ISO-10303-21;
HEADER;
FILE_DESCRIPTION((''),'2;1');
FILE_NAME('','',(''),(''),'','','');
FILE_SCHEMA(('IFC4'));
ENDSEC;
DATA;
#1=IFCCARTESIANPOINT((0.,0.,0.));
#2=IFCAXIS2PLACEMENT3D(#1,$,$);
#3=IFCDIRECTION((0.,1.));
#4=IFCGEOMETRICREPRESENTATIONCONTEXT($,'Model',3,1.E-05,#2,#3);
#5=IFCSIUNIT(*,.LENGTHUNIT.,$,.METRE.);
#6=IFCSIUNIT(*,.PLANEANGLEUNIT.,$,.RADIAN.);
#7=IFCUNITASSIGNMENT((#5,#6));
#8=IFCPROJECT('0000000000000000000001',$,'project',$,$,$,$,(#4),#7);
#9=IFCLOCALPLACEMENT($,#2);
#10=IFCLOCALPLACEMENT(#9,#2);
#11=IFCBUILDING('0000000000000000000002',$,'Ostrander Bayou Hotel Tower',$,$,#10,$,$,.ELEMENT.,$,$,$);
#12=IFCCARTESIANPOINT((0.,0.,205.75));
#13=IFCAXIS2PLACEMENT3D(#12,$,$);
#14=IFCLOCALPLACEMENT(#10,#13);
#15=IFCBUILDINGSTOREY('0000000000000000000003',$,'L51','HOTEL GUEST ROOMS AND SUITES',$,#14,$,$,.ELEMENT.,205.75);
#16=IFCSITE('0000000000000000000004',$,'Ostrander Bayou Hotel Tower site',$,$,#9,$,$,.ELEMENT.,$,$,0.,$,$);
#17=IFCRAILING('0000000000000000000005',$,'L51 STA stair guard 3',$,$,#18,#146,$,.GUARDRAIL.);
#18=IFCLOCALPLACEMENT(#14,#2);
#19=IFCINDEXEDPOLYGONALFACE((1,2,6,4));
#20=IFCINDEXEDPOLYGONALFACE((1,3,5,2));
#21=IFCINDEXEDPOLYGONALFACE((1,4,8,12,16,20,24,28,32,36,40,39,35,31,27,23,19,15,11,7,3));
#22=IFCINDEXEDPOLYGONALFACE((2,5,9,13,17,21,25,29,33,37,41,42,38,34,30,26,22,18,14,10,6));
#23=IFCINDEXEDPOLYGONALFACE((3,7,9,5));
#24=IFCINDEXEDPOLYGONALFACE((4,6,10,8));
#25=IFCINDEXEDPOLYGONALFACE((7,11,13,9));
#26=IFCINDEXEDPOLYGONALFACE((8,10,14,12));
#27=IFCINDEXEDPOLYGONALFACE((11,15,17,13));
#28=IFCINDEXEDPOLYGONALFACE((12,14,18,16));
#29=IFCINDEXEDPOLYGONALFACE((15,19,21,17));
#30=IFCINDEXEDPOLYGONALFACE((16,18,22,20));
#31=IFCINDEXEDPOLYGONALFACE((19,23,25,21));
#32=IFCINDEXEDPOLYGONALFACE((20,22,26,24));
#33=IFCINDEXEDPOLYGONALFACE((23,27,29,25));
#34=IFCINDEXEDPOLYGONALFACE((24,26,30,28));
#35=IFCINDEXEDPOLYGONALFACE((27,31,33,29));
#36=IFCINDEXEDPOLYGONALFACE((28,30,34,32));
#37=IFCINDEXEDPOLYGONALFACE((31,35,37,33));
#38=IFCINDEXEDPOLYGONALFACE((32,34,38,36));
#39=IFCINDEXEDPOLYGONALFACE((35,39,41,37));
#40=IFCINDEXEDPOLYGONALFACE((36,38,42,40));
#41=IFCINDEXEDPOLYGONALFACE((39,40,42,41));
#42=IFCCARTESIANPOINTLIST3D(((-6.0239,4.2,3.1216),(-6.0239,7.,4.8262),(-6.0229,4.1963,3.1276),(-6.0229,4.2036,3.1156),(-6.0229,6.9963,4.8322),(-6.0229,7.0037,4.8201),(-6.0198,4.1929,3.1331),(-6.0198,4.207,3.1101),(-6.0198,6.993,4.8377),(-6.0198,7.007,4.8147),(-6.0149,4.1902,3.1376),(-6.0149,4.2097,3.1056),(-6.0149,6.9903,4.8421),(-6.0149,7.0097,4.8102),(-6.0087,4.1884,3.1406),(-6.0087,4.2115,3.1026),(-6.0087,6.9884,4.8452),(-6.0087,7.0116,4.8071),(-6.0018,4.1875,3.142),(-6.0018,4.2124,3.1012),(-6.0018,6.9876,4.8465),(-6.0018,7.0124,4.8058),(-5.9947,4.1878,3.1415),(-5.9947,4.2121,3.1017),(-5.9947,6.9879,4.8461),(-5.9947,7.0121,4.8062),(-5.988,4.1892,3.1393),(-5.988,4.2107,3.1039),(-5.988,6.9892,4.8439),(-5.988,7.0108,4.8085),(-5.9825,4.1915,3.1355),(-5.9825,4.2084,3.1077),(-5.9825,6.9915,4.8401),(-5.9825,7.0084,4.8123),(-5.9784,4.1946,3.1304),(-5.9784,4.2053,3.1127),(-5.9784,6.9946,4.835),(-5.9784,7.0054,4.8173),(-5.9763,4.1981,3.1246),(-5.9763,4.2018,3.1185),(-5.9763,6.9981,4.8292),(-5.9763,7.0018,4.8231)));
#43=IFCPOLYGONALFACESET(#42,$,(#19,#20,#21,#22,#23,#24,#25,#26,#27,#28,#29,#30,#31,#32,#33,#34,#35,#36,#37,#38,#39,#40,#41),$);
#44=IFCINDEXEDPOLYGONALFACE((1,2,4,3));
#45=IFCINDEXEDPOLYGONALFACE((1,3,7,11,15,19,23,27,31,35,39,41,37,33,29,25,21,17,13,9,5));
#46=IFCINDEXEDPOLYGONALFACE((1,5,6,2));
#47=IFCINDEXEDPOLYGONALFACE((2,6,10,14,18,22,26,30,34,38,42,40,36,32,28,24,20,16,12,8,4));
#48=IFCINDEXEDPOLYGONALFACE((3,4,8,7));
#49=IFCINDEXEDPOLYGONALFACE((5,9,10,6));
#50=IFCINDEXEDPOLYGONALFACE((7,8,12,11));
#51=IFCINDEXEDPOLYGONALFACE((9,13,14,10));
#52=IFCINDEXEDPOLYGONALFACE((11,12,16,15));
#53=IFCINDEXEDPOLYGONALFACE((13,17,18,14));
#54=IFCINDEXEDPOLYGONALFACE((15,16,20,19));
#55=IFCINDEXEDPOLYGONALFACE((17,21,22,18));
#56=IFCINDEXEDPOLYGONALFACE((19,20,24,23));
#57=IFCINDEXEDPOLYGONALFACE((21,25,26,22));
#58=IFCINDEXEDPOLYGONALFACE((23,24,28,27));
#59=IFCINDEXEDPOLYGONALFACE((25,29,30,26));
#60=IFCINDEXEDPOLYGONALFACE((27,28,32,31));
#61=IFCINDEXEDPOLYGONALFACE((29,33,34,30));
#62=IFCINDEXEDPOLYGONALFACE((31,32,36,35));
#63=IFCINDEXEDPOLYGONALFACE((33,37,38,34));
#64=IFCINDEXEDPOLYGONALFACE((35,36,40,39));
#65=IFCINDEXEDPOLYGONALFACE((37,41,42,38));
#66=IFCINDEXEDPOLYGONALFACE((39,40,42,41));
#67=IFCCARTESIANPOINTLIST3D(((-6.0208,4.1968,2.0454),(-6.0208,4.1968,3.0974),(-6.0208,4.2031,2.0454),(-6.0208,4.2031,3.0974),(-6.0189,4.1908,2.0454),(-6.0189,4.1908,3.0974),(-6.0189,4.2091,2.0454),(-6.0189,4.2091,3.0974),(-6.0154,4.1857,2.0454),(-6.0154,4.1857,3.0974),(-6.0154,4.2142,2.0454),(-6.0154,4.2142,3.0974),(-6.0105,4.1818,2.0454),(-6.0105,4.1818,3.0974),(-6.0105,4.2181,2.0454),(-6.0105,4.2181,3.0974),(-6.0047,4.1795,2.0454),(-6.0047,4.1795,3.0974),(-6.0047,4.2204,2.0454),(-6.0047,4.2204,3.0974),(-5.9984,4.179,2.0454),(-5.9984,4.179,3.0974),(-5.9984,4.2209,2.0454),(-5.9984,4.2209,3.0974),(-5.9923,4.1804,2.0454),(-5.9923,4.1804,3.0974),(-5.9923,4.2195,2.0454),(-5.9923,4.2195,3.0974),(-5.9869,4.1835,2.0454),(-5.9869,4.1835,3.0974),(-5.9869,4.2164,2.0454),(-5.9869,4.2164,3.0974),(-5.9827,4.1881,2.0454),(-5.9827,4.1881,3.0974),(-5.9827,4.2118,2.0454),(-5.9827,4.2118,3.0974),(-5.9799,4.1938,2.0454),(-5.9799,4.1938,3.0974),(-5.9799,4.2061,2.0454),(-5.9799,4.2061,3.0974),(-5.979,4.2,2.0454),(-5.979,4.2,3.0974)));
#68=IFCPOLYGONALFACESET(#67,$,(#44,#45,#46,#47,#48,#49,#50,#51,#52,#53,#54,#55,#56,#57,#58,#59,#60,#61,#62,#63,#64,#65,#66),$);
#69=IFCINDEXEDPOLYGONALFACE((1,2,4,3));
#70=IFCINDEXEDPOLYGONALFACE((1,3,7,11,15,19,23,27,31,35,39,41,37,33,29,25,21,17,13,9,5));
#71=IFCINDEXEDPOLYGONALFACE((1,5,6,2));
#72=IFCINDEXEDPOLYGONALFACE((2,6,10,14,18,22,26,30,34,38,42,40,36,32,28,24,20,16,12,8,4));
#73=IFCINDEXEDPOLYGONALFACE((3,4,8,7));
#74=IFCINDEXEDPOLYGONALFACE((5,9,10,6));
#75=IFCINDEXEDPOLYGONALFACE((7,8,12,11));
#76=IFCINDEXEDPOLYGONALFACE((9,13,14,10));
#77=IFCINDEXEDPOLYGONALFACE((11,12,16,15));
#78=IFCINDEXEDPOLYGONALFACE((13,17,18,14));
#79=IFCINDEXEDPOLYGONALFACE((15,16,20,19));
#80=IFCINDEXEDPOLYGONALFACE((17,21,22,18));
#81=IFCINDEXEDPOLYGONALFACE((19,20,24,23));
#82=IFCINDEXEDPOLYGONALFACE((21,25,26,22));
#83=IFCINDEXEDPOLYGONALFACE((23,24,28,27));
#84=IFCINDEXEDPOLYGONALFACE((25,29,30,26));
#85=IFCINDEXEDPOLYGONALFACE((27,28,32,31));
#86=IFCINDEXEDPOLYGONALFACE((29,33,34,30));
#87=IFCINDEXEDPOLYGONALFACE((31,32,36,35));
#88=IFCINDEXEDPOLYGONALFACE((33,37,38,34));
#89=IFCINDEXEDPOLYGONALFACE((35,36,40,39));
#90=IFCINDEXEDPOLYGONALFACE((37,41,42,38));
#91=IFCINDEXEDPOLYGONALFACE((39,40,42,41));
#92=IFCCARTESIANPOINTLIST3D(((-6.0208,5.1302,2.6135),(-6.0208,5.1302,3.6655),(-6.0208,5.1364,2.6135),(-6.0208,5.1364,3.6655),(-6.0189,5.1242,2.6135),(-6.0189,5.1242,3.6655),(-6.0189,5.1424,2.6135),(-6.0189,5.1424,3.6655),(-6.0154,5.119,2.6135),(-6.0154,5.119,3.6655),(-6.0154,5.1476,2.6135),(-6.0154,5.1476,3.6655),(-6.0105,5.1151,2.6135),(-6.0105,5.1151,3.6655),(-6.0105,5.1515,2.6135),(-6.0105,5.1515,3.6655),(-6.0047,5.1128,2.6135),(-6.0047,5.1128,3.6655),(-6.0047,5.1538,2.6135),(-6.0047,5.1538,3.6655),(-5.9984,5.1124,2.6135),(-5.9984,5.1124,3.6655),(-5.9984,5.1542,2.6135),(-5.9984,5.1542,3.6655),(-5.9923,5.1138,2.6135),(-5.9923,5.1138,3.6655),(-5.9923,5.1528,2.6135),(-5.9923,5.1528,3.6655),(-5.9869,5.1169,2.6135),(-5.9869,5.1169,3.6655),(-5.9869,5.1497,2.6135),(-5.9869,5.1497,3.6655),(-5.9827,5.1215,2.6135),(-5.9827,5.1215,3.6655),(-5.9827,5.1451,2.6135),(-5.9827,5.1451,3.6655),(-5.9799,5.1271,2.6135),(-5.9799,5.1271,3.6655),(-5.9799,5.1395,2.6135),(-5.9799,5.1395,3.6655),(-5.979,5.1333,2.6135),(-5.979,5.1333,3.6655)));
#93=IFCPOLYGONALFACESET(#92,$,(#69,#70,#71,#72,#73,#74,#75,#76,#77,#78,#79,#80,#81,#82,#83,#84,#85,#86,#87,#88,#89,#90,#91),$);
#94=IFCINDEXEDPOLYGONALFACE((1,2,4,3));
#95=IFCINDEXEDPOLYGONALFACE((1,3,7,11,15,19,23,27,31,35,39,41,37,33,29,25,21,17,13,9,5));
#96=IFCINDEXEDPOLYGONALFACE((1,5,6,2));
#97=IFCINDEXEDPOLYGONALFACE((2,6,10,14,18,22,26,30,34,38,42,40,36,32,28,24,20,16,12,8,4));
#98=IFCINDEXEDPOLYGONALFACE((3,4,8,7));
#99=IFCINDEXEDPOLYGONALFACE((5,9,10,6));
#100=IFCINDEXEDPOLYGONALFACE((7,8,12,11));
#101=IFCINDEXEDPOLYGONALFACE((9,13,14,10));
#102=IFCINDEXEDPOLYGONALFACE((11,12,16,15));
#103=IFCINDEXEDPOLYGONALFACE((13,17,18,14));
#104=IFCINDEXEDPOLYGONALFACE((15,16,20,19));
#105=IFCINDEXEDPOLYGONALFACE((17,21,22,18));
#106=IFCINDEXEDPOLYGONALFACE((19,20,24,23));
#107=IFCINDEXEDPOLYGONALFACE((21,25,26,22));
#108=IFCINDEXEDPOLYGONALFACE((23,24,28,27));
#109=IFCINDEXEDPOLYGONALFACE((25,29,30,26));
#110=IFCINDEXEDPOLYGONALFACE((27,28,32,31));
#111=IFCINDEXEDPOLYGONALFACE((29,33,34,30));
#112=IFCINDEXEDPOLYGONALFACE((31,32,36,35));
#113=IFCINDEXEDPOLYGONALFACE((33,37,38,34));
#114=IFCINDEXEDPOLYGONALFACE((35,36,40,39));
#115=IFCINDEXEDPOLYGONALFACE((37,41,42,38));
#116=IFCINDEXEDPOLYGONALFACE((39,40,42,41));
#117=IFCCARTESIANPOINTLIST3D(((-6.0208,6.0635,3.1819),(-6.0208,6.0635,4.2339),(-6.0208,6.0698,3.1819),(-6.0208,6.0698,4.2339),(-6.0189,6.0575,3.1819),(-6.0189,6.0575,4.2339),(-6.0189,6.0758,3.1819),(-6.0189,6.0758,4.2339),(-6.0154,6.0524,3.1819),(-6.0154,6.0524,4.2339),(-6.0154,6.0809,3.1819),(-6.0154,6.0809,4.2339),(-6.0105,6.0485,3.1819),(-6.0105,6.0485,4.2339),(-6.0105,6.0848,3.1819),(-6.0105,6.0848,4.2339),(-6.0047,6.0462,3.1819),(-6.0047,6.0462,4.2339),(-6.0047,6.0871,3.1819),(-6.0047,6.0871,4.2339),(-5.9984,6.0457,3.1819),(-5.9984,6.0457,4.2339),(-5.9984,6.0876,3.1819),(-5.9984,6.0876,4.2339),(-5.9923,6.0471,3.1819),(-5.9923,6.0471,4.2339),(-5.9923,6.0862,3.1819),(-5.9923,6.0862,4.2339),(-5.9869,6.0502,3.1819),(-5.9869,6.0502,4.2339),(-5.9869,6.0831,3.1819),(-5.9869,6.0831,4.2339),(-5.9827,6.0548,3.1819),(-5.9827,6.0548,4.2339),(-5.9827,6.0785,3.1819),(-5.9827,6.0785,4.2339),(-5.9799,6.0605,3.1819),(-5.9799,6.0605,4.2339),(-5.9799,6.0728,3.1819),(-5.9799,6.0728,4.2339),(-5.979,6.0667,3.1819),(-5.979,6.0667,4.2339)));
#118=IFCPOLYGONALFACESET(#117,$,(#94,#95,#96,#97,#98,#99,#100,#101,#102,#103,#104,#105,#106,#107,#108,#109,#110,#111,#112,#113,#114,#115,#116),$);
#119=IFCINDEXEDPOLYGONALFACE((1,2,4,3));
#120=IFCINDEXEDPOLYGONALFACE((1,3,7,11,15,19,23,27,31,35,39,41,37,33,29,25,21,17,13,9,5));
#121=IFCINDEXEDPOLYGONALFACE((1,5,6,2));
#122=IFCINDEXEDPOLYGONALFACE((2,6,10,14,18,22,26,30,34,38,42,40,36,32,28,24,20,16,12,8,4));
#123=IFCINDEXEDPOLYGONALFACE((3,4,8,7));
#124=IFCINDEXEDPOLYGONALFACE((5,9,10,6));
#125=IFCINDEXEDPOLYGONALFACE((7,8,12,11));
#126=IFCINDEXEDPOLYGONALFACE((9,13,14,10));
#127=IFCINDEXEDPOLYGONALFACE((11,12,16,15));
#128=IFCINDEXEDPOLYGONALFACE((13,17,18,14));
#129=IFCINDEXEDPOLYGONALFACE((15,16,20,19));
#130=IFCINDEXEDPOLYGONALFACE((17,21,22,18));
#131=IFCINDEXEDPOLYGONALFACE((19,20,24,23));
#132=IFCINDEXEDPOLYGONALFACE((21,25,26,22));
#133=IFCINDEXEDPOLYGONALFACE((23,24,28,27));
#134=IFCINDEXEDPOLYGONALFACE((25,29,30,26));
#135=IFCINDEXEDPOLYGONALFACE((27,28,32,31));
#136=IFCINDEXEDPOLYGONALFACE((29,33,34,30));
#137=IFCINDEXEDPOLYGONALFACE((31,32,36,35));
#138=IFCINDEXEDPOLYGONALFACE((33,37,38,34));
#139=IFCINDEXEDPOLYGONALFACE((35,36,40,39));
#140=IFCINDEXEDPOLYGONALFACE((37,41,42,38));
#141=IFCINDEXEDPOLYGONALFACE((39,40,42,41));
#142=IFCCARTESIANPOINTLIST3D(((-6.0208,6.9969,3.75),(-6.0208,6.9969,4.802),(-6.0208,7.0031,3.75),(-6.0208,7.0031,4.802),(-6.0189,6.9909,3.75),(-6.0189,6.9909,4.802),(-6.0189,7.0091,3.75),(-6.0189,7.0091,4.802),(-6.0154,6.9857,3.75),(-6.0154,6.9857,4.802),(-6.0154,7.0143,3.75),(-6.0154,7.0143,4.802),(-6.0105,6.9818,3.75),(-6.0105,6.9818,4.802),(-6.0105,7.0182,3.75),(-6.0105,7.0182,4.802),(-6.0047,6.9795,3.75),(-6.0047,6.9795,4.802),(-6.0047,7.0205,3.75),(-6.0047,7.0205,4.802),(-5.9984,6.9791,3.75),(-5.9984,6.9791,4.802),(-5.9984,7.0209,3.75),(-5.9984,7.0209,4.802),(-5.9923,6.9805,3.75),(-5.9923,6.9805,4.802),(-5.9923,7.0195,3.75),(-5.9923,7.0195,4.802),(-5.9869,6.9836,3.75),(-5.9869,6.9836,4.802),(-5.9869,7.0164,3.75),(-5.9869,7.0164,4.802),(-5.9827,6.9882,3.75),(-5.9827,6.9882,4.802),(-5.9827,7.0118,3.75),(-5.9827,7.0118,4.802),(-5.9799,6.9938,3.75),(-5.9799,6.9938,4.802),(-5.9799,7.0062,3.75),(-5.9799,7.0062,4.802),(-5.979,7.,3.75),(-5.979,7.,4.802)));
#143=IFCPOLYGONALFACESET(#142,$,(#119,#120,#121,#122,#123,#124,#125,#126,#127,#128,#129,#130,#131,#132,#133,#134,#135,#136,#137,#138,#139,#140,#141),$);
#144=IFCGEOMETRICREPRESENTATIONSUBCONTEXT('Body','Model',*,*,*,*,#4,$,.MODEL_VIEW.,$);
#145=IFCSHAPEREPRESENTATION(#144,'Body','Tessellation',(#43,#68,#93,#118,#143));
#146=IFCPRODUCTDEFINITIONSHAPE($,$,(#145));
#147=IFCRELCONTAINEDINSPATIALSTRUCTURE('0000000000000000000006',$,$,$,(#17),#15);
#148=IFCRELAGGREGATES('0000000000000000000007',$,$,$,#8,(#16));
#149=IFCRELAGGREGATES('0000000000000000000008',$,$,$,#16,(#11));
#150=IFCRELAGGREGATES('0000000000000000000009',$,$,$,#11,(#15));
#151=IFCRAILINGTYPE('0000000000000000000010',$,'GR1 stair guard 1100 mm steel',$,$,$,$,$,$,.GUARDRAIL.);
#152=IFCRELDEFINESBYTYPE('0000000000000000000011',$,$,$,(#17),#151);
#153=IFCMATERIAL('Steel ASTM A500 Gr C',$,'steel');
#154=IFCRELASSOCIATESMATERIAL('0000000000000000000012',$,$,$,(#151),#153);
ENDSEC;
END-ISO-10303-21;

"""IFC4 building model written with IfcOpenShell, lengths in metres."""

from ifc_helpers import new_model, si_unit, direction, frame, origin, origin_2d, place, context, subcontext, project, spatial, circle, extrude, material, type_object, element, save


model = new_model("IFC4")

# Units and contexts
model_context = context("Model", 3, precision=1e-05, world=origin(), true_north=direction((0.0, 1.0)))
body_context = subcontext(model_context, "Body", "Model", "MODEL_VIEW")
ifc_project = project(units=[si_unit("LENGTHUNIT", "METRE"), si_unit("PLANEANGLEUNIT", "RADIAN")], contexts=[model_context])

# Site, building, storey
site_placement = place(None, origin())
site = spatial("IfcSite", under=ifc_project, at=site_placement, Name="Ostrander Bayou Hotel Tower site", CompositionType="ELEMENT", RefElevation=0.0)
building_placement = place(site_placement, origin())
building = spatial("IfcBuilding", under=site, at=building_placement, Name="Ostrander Bayou Hotel Tower", CompositionType="ELEMENT")
storey_placement = place(building_placement, frame((0.0, 0.0, 205.75)))
storey = spatial("IfcBuildingStorey", under=building, at=storey_placement, Name="L51", Description="HOTEL GUEST ROOMS AND SUITES", CompositionType="ELEMENT", Elevation=205.75)

# Railing
ifc_material_1 = material(Name="Steel ASTM A500 Gr C", Category="steel")
railing_type_1 = type_object("IfcRailingType", Name="GR1 stair guard 1100 mm steel", PredefinedType="GUARDRAIL", material=ifc_material_1)
railing_1_placement = place(storey_placement, frame((-6.0, 4.2, 2.0454)))
element("IfcRailing", 1, at=railing_1_placement, inside=storey, type_object=railing_type_1, Name="L51 STA stair guard 3", PredefinedType="GUARDRAIL", context=body_context, shape_type="SweptSolid", body=[
    extrude(circle(Radius=0.0239, at=origin_2d()), frame((0.0, 0.0, 1.0762), z_axis=(0.0, 0.85417, 0.519994), x_axis=(-1.0, 0.0, 0.0)), (0.0, 0.0, 1.0), 3.2781),
    extrude(circle(Radius=0.021, at=origin_2d()), origin(), (0.0, 0.0, 1.0), 1.052),
    extrude(circle(Radius=0.021, at=origin_2d()), frame((0.0, 0.9333, 0.5681)), (0.0, 0.0, 1.0), 1.052),
    extrude(circle(Radius=0.021, at=origin_2d()), frame((0.0, 1.8667, 1.1365)), (0.0, 0.0, 1.0), 1.052),
    extrude(circle(Radius=0.021, at=origin_2d()), frame((0.0, 2.8, 1.7046)), (0.0, 0.0, 1.0), 1.052),
])

save(model, "model.ifc")
